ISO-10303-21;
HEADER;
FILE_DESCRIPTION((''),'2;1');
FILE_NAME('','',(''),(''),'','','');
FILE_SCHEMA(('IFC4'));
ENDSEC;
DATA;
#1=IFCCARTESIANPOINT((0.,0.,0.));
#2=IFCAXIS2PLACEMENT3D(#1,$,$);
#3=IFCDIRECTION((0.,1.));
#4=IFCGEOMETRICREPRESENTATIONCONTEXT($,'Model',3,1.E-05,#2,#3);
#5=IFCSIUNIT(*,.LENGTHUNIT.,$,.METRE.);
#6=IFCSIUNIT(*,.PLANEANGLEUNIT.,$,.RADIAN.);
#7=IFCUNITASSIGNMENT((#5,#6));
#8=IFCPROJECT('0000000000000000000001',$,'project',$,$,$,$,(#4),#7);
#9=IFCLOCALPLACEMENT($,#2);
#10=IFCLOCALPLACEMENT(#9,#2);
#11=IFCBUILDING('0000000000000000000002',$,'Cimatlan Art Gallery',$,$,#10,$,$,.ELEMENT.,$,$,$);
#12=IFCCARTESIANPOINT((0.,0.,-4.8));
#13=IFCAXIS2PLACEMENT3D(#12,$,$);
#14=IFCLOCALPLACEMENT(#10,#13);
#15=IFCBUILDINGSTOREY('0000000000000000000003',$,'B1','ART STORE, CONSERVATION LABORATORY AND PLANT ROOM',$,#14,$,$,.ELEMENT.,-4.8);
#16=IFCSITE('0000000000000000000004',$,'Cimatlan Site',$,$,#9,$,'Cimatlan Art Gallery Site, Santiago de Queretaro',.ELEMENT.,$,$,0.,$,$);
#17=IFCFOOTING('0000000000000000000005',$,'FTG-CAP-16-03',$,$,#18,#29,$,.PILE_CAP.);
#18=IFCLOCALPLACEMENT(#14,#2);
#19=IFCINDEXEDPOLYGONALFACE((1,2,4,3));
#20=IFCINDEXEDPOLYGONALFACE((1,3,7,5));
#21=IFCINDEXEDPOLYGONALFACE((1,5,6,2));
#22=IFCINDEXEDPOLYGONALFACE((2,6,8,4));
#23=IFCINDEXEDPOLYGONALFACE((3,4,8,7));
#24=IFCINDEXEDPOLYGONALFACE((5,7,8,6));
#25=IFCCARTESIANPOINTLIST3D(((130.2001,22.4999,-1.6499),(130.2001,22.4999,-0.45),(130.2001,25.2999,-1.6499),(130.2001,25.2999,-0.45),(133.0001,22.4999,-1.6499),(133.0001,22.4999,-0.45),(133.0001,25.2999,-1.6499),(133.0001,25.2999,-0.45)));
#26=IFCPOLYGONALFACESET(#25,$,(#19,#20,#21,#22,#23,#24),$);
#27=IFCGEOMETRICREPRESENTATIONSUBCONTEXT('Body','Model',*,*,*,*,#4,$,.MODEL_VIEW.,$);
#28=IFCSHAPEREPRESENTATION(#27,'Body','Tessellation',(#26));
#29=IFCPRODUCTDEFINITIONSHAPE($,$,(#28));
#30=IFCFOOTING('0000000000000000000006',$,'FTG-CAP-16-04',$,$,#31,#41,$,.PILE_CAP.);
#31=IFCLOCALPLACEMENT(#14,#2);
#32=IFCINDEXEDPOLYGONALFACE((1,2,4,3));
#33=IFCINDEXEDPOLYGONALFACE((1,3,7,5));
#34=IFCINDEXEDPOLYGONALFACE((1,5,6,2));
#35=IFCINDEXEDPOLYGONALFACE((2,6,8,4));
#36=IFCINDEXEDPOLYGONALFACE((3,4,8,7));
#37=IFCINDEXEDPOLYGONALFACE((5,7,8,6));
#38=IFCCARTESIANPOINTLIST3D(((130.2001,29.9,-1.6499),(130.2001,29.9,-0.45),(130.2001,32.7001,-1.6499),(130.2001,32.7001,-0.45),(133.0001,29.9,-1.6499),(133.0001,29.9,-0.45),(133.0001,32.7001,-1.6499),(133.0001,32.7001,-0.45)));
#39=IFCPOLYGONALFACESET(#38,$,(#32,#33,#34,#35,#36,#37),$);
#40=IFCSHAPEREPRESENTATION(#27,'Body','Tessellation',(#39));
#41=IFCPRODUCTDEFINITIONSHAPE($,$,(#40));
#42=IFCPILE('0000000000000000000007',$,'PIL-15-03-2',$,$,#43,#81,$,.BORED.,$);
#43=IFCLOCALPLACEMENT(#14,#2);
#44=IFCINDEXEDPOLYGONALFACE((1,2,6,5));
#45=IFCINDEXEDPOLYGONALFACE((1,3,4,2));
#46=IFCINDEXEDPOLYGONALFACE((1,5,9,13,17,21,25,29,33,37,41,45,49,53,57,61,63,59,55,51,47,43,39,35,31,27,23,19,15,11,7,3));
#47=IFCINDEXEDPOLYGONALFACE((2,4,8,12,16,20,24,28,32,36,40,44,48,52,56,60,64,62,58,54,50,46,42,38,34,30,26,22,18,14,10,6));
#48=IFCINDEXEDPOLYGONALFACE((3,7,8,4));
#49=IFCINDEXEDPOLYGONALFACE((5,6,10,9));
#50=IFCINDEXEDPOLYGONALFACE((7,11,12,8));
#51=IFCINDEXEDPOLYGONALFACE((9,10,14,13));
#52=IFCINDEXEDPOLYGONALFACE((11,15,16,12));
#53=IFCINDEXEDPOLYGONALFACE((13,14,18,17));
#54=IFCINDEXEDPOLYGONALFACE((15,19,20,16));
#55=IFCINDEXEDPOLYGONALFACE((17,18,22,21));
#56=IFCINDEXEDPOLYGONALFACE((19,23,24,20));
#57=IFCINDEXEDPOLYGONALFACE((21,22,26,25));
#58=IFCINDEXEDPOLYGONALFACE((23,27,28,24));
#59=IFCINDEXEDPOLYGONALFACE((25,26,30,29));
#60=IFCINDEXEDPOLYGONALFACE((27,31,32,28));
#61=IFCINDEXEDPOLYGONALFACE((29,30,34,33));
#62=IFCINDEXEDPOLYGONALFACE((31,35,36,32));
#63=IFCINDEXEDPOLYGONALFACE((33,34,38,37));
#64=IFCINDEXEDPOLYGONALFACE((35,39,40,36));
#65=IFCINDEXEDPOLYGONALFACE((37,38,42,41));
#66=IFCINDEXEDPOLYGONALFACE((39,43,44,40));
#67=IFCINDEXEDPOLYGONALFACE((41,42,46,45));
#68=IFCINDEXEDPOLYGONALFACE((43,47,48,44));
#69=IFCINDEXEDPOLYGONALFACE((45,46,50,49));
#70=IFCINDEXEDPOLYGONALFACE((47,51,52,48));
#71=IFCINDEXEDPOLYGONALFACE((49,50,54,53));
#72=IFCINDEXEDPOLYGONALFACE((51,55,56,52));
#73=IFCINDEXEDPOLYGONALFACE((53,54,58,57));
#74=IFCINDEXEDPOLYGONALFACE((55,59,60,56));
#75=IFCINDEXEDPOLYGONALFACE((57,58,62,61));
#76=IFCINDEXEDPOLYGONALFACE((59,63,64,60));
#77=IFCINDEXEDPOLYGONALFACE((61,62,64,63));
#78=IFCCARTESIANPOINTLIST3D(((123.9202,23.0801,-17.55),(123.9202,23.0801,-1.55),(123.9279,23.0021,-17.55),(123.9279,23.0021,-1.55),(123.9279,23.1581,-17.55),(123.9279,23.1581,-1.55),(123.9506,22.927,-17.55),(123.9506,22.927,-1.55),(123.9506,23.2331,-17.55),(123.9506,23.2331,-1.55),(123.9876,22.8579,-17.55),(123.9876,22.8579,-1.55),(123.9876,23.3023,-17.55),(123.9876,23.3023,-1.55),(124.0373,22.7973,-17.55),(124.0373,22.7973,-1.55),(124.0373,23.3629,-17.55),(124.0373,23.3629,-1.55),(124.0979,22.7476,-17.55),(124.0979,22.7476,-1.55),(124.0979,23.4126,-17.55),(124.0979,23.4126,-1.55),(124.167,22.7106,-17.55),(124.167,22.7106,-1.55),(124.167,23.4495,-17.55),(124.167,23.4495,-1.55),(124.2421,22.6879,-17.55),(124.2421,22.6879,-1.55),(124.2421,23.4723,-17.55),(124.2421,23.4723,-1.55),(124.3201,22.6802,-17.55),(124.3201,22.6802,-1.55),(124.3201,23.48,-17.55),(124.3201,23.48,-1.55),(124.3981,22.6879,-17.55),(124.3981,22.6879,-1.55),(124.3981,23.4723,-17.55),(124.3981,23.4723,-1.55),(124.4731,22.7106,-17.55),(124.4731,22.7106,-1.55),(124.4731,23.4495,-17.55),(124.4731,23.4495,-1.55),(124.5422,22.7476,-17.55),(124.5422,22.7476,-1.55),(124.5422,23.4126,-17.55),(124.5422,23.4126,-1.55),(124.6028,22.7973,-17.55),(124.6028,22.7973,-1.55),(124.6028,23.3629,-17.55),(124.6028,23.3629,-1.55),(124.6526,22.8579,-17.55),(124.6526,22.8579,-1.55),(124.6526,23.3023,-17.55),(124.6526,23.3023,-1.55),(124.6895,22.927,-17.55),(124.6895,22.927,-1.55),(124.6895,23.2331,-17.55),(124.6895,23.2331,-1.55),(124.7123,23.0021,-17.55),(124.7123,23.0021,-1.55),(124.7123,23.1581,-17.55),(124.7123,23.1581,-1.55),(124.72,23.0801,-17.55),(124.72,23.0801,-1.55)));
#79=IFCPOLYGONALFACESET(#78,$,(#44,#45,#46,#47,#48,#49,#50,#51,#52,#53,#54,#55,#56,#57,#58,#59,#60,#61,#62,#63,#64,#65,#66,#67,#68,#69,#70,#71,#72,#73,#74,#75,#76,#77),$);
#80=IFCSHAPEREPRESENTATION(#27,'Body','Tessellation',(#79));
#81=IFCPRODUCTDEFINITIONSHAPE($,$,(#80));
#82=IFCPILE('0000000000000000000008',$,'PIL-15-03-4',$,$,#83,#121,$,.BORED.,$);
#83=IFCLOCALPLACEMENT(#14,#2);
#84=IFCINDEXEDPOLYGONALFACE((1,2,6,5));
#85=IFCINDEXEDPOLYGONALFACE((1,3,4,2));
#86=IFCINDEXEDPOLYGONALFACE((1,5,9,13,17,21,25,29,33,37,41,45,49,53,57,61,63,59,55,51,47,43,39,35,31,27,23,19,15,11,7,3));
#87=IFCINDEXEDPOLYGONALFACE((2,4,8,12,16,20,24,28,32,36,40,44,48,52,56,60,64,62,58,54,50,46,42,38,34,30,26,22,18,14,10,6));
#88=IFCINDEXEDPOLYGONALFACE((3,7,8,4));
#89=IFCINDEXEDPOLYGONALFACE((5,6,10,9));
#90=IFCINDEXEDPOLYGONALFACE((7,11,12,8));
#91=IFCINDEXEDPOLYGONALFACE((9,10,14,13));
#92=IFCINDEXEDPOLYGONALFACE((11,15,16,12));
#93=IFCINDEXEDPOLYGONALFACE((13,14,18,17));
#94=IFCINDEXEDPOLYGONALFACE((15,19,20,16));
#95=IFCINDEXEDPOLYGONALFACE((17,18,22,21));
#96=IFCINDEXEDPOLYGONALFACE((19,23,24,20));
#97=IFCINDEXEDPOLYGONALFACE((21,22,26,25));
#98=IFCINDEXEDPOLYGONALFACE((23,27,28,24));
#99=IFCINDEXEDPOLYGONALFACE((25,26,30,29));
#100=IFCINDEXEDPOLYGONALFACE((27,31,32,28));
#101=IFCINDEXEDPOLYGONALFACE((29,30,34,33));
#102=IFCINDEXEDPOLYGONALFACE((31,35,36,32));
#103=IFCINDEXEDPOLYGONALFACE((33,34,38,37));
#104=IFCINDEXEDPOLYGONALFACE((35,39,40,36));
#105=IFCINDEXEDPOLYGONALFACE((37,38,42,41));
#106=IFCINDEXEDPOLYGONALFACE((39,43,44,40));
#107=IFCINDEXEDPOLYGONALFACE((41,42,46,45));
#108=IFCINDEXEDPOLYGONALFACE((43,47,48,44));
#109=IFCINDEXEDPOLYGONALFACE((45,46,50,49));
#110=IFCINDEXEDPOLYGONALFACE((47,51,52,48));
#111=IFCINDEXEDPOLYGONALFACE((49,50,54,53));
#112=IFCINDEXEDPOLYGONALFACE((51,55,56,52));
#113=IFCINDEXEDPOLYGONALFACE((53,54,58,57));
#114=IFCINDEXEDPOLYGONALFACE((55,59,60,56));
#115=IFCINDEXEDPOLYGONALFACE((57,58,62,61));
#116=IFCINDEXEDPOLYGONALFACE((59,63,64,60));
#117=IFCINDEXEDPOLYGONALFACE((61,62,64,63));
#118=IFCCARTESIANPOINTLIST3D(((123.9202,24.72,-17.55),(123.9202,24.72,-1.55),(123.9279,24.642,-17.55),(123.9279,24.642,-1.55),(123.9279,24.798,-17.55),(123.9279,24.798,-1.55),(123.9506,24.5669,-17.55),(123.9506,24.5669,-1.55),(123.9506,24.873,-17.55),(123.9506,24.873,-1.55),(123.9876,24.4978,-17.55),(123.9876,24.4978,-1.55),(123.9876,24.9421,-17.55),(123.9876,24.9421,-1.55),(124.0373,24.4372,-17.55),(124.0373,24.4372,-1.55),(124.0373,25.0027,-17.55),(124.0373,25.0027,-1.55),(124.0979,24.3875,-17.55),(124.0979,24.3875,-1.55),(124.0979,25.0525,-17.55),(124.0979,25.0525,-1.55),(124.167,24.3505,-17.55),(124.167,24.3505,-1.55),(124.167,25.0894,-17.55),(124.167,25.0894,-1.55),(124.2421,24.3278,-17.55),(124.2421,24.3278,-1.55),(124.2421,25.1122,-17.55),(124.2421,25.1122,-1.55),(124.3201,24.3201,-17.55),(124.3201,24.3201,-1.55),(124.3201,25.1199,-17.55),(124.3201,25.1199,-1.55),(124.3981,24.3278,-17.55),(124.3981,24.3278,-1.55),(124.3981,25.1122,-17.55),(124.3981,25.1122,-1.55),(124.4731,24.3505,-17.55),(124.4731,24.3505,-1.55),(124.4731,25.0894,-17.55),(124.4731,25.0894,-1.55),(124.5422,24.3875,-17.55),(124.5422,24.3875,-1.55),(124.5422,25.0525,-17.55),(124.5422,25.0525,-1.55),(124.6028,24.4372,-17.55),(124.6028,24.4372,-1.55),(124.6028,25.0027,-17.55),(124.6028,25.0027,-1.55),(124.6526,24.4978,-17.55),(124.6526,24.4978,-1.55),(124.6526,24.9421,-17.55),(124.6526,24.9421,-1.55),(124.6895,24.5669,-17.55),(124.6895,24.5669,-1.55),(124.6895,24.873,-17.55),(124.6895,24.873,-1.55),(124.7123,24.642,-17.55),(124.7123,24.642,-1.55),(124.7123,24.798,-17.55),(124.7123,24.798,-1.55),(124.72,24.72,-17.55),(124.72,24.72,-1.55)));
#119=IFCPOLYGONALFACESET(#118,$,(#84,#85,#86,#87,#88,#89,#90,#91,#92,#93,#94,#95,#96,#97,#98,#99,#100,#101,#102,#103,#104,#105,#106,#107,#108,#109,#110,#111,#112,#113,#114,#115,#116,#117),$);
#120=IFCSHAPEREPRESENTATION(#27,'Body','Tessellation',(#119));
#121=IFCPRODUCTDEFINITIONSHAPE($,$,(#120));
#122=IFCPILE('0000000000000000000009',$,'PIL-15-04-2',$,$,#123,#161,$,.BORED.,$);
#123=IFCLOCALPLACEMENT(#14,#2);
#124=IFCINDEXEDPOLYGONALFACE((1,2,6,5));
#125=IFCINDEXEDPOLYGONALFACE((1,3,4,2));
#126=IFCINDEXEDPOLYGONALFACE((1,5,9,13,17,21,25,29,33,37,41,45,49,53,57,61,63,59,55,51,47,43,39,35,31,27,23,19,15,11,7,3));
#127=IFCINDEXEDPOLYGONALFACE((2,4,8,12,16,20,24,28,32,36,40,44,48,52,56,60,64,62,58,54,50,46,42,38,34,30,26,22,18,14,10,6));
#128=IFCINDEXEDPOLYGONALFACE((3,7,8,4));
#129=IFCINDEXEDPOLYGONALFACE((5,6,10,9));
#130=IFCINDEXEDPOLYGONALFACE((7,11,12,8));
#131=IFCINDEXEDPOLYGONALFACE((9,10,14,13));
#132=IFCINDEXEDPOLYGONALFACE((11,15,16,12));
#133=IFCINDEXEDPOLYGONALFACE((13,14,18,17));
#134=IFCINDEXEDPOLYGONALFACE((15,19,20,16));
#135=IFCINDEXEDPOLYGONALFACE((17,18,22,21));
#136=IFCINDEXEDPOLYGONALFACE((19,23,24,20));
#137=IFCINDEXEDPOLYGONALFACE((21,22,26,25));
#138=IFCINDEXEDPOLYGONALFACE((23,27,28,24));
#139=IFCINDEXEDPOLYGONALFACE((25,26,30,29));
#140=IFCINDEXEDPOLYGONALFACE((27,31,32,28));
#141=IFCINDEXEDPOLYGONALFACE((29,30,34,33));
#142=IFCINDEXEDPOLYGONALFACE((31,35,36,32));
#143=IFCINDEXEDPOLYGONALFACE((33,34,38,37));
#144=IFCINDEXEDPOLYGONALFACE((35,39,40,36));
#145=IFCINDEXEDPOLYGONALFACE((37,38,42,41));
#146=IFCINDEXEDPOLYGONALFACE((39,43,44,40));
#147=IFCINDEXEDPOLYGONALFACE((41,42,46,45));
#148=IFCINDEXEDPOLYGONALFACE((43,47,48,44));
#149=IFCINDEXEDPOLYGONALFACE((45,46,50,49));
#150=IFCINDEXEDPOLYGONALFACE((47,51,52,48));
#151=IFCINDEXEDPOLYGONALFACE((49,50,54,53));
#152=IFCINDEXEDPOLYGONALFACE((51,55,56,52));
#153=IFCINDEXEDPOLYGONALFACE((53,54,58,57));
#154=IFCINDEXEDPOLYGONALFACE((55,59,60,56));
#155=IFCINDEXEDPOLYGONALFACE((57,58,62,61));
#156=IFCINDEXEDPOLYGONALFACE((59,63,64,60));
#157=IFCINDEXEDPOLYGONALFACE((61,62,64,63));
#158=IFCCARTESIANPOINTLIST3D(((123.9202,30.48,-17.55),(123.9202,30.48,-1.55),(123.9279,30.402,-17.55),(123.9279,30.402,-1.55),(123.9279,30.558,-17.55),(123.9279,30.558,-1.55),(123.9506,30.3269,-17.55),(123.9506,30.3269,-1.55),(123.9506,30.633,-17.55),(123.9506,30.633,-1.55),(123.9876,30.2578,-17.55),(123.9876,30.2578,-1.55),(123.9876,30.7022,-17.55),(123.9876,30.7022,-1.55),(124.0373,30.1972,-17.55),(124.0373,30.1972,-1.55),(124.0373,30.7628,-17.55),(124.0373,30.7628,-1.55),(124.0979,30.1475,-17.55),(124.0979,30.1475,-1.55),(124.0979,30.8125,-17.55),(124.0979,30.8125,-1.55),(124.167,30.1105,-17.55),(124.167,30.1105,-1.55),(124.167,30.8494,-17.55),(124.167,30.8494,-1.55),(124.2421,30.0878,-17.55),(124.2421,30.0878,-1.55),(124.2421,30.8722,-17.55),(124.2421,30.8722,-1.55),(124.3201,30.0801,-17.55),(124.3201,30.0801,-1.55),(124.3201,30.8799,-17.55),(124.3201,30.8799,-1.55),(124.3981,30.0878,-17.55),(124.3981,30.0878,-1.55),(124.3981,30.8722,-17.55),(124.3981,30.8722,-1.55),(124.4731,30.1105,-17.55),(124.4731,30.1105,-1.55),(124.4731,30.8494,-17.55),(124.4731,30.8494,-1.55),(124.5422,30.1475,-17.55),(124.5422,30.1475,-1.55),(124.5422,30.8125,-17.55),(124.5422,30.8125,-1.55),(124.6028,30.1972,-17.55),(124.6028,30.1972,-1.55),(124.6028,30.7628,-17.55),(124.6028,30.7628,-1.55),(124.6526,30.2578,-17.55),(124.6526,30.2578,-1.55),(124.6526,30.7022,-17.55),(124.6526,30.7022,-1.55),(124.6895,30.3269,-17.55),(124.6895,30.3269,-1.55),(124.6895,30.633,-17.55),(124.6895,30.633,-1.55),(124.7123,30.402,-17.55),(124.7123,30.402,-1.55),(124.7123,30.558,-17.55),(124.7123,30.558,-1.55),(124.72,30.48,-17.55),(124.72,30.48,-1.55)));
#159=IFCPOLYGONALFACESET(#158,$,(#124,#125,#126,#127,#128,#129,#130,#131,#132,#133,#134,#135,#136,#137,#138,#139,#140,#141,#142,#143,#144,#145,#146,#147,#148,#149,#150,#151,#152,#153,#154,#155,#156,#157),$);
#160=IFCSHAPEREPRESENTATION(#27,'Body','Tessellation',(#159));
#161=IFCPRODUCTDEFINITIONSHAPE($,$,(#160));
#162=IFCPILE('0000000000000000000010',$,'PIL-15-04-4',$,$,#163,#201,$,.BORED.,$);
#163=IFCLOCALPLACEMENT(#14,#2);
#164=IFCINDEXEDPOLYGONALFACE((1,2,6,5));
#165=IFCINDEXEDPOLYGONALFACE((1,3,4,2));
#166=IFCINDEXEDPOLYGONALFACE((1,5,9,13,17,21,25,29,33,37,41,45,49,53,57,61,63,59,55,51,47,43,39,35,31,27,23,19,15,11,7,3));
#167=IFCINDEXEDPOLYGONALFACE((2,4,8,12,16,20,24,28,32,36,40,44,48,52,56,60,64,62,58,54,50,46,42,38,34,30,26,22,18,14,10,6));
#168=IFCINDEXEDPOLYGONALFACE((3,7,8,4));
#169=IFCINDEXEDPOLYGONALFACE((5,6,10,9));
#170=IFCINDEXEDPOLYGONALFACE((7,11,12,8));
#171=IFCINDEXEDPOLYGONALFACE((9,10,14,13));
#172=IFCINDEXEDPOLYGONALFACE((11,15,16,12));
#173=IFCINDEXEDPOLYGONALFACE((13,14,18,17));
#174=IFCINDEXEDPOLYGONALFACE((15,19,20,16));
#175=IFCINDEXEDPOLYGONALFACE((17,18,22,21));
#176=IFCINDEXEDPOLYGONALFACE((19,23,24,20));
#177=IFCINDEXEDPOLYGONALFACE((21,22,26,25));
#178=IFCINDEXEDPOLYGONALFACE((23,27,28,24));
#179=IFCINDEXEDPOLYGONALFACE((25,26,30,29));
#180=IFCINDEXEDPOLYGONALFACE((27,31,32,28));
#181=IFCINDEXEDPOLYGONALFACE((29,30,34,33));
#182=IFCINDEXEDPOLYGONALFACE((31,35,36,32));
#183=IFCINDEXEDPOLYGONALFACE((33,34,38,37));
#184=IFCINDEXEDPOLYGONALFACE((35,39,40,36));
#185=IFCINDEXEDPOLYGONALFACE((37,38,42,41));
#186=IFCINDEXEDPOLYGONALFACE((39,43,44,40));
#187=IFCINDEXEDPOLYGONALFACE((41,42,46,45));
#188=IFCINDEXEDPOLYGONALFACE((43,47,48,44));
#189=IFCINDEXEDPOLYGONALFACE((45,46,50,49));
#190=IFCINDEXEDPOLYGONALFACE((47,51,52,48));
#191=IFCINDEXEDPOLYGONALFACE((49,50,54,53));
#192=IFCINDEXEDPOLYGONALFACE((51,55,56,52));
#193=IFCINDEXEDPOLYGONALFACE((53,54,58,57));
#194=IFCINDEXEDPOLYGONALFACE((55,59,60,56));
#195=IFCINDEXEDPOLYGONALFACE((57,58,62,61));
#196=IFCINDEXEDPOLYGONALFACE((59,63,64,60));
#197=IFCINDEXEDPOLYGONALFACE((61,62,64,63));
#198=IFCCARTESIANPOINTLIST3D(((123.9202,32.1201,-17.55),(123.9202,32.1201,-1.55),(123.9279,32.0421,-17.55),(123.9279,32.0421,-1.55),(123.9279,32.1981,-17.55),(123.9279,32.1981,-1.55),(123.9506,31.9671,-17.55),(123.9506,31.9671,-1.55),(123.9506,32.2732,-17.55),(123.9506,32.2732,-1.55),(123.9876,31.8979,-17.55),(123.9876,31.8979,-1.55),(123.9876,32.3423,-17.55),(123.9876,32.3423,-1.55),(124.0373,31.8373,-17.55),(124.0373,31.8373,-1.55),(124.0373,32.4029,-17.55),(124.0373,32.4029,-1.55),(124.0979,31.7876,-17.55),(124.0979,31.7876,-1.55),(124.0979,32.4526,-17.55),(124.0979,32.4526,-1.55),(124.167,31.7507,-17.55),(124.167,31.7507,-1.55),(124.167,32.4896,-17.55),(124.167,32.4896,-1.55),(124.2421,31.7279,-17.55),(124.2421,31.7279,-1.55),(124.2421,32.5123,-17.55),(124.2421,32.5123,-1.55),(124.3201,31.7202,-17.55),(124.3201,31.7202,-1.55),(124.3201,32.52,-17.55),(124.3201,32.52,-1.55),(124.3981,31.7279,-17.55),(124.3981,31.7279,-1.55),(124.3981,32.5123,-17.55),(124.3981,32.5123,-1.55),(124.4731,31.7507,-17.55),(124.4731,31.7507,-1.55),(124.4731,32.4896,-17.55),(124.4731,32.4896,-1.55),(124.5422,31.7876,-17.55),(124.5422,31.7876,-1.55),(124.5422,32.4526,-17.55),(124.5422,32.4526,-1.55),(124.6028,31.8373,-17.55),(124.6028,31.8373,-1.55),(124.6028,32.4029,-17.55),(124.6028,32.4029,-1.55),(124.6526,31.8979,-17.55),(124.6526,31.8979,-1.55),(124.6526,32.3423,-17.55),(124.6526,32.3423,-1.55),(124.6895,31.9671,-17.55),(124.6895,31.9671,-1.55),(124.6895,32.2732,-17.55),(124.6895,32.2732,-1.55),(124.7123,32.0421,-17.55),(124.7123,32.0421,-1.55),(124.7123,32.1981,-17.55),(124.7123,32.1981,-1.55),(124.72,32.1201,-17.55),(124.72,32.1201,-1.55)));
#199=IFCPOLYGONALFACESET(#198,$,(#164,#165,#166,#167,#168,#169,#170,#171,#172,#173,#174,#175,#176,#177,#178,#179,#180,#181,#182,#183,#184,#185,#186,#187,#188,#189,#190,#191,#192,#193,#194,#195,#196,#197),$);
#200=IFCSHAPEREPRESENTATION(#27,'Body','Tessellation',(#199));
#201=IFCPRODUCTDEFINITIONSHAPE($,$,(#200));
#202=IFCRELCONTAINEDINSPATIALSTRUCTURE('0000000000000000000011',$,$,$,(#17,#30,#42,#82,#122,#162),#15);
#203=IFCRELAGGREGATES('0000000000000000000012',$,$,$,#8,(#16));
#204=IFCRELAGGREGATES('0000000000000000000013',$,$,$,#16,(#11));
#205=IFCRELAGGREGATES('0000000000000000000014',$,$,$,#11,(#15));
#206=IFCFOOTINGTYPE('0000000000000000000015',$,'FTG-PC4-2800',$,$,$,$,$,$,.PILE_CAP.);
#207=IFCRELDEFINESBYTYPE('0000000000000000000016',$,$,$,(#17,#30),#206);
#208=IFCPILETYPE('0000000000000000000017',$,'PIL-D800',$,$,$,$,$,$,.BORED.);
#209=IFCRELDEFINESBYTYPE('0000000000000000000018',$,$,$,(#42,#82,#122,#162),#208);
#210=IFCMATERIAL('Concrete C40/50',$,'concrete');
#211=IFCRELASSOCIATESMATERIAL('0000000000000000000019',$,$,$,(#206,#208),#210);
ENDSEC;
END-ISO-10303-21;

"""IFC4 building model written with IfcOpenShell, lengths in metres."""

from ifc_helpers import new_model, si_unit, direction, frame, origin, origin_2d, place, context, subcontext, project, spatial, rectangle, circle, extrude, material, type_object, element, save


model = new_model("IFC4")

# Units and contexts
model_context = context("Model", 3, precision=1e-05, world=origin(), true_north=direction((0.0, 1.0)))
body_context = subcontext(model_context, "Body", "Model", "MODEL_VIEW")
ifc_project = project(units=[si_unit("LENGTHUNIT", "METRE"), si_unit("PLANEANGLEUNIT", "RADIAN")], contexts=[model_context])

# Site, building, storey
site_placement = place(None, origin())
site = spatial("IfcSite", under=ifc_project, at=site_placement, Name="Cimatlan Site", LongName="Cimatlan Art Gallery Site, Santiago de Queretaro", CompositionType="ELEMENT", RefElevation=0.0)
building_placement = place(site_placement, origin())
building = spatial("IfcBuilding", under=site, at=building_placement, Name="Cimatlan Art Gallery", CompositionType="ELEMENT")
storey_placement = place(building_placement, frame((0.0, 0.0, -4.8)))
storey = spatial("IfcBuildingStorey", under=building, at=storey_placement, Name="B1", Description="ART STORE, CONSERVATION LABORATORY AND PLANT ROOM", CompositionType="ELEMENT", Elevation=-4.8)

# Footings
ifc_material_1 = material(Name="Concrete C40/50", Category="concrete")
footing_type = type_object("IfcFootingType", Name="FTG-PC4-2800", PredefinedType="PILE_CAP", material=ifc_material_1)
for number, where, z_axis, x_axis, name in (
    (1, (131.6001, 23.8999, -1.6499), (0.0, 0.0, 1.0), (1.0, 0.0, 0.0), "FTG-CAP-16-03"),
    (2, (131.6001, 31.3, -1.6499), (0.0, 0.0, 1.0), (1.0, 0.0, 0.0), "FTG-CAP-16-04"),
):
    element("IfcFooting", number, at=place(storey_placement, frame(where, z_axis=z_axis, x_axis=x_axis)), inside=storey, type_object=footing_type, Name=name, PredefinedType="PILE_CAP", context=body_context, shape_type="SweptSolid", body=[
        extrude(rectangle(XDim=2.8, YDim=2.8, at=origin_2d()), origin(), (0.0, 0.0, 1.0), 1.2),
    ])

# Piles
pile_type = type_object("IfcPileType", Name="PIL-D800", PredefinedType="BORED", material=ifc_material_1)
for number, where, z_axis, x_axis, name in (
    (3, (124.3201, 23.0801, -1.55), (0.0, 0.0, -1.0), (1.0, 0.0, 0.0), "PIL-15-03-2"),
    (4, (124.3201, 24.72, -1.55), (0.0, 0.0, -1.0), (1.0, 0.0, 0.0), "PIL-15-03-4"),
    (5, (124.3201, 30.48, -1.55), (0.0, 0.0, -1.0), (1.0, 0.0, 0.0), "PIL-15-04-2"),
    (6, (124.3201, 32.1201, -1.55), (0.0, 0.0, -1.0), (1.0, 0.0, 0.0), "PIL-15-04-4"),
):
    element("IfcPile", number, at=place(storey_placement, frame(where, z_axis=z_axis, x_axis=x_axis)), inside=storey, type_object=pile_type, Name=name, PredefinedType="BORED", context=body_context, shape_type="SweptSolid", body=[
        extrude(circle(Radius=0.3999, at=origin_2d()), origin(), (0.0, 0.0, 1.0), 16.0),
    ])

save(model, "model.ifc")
